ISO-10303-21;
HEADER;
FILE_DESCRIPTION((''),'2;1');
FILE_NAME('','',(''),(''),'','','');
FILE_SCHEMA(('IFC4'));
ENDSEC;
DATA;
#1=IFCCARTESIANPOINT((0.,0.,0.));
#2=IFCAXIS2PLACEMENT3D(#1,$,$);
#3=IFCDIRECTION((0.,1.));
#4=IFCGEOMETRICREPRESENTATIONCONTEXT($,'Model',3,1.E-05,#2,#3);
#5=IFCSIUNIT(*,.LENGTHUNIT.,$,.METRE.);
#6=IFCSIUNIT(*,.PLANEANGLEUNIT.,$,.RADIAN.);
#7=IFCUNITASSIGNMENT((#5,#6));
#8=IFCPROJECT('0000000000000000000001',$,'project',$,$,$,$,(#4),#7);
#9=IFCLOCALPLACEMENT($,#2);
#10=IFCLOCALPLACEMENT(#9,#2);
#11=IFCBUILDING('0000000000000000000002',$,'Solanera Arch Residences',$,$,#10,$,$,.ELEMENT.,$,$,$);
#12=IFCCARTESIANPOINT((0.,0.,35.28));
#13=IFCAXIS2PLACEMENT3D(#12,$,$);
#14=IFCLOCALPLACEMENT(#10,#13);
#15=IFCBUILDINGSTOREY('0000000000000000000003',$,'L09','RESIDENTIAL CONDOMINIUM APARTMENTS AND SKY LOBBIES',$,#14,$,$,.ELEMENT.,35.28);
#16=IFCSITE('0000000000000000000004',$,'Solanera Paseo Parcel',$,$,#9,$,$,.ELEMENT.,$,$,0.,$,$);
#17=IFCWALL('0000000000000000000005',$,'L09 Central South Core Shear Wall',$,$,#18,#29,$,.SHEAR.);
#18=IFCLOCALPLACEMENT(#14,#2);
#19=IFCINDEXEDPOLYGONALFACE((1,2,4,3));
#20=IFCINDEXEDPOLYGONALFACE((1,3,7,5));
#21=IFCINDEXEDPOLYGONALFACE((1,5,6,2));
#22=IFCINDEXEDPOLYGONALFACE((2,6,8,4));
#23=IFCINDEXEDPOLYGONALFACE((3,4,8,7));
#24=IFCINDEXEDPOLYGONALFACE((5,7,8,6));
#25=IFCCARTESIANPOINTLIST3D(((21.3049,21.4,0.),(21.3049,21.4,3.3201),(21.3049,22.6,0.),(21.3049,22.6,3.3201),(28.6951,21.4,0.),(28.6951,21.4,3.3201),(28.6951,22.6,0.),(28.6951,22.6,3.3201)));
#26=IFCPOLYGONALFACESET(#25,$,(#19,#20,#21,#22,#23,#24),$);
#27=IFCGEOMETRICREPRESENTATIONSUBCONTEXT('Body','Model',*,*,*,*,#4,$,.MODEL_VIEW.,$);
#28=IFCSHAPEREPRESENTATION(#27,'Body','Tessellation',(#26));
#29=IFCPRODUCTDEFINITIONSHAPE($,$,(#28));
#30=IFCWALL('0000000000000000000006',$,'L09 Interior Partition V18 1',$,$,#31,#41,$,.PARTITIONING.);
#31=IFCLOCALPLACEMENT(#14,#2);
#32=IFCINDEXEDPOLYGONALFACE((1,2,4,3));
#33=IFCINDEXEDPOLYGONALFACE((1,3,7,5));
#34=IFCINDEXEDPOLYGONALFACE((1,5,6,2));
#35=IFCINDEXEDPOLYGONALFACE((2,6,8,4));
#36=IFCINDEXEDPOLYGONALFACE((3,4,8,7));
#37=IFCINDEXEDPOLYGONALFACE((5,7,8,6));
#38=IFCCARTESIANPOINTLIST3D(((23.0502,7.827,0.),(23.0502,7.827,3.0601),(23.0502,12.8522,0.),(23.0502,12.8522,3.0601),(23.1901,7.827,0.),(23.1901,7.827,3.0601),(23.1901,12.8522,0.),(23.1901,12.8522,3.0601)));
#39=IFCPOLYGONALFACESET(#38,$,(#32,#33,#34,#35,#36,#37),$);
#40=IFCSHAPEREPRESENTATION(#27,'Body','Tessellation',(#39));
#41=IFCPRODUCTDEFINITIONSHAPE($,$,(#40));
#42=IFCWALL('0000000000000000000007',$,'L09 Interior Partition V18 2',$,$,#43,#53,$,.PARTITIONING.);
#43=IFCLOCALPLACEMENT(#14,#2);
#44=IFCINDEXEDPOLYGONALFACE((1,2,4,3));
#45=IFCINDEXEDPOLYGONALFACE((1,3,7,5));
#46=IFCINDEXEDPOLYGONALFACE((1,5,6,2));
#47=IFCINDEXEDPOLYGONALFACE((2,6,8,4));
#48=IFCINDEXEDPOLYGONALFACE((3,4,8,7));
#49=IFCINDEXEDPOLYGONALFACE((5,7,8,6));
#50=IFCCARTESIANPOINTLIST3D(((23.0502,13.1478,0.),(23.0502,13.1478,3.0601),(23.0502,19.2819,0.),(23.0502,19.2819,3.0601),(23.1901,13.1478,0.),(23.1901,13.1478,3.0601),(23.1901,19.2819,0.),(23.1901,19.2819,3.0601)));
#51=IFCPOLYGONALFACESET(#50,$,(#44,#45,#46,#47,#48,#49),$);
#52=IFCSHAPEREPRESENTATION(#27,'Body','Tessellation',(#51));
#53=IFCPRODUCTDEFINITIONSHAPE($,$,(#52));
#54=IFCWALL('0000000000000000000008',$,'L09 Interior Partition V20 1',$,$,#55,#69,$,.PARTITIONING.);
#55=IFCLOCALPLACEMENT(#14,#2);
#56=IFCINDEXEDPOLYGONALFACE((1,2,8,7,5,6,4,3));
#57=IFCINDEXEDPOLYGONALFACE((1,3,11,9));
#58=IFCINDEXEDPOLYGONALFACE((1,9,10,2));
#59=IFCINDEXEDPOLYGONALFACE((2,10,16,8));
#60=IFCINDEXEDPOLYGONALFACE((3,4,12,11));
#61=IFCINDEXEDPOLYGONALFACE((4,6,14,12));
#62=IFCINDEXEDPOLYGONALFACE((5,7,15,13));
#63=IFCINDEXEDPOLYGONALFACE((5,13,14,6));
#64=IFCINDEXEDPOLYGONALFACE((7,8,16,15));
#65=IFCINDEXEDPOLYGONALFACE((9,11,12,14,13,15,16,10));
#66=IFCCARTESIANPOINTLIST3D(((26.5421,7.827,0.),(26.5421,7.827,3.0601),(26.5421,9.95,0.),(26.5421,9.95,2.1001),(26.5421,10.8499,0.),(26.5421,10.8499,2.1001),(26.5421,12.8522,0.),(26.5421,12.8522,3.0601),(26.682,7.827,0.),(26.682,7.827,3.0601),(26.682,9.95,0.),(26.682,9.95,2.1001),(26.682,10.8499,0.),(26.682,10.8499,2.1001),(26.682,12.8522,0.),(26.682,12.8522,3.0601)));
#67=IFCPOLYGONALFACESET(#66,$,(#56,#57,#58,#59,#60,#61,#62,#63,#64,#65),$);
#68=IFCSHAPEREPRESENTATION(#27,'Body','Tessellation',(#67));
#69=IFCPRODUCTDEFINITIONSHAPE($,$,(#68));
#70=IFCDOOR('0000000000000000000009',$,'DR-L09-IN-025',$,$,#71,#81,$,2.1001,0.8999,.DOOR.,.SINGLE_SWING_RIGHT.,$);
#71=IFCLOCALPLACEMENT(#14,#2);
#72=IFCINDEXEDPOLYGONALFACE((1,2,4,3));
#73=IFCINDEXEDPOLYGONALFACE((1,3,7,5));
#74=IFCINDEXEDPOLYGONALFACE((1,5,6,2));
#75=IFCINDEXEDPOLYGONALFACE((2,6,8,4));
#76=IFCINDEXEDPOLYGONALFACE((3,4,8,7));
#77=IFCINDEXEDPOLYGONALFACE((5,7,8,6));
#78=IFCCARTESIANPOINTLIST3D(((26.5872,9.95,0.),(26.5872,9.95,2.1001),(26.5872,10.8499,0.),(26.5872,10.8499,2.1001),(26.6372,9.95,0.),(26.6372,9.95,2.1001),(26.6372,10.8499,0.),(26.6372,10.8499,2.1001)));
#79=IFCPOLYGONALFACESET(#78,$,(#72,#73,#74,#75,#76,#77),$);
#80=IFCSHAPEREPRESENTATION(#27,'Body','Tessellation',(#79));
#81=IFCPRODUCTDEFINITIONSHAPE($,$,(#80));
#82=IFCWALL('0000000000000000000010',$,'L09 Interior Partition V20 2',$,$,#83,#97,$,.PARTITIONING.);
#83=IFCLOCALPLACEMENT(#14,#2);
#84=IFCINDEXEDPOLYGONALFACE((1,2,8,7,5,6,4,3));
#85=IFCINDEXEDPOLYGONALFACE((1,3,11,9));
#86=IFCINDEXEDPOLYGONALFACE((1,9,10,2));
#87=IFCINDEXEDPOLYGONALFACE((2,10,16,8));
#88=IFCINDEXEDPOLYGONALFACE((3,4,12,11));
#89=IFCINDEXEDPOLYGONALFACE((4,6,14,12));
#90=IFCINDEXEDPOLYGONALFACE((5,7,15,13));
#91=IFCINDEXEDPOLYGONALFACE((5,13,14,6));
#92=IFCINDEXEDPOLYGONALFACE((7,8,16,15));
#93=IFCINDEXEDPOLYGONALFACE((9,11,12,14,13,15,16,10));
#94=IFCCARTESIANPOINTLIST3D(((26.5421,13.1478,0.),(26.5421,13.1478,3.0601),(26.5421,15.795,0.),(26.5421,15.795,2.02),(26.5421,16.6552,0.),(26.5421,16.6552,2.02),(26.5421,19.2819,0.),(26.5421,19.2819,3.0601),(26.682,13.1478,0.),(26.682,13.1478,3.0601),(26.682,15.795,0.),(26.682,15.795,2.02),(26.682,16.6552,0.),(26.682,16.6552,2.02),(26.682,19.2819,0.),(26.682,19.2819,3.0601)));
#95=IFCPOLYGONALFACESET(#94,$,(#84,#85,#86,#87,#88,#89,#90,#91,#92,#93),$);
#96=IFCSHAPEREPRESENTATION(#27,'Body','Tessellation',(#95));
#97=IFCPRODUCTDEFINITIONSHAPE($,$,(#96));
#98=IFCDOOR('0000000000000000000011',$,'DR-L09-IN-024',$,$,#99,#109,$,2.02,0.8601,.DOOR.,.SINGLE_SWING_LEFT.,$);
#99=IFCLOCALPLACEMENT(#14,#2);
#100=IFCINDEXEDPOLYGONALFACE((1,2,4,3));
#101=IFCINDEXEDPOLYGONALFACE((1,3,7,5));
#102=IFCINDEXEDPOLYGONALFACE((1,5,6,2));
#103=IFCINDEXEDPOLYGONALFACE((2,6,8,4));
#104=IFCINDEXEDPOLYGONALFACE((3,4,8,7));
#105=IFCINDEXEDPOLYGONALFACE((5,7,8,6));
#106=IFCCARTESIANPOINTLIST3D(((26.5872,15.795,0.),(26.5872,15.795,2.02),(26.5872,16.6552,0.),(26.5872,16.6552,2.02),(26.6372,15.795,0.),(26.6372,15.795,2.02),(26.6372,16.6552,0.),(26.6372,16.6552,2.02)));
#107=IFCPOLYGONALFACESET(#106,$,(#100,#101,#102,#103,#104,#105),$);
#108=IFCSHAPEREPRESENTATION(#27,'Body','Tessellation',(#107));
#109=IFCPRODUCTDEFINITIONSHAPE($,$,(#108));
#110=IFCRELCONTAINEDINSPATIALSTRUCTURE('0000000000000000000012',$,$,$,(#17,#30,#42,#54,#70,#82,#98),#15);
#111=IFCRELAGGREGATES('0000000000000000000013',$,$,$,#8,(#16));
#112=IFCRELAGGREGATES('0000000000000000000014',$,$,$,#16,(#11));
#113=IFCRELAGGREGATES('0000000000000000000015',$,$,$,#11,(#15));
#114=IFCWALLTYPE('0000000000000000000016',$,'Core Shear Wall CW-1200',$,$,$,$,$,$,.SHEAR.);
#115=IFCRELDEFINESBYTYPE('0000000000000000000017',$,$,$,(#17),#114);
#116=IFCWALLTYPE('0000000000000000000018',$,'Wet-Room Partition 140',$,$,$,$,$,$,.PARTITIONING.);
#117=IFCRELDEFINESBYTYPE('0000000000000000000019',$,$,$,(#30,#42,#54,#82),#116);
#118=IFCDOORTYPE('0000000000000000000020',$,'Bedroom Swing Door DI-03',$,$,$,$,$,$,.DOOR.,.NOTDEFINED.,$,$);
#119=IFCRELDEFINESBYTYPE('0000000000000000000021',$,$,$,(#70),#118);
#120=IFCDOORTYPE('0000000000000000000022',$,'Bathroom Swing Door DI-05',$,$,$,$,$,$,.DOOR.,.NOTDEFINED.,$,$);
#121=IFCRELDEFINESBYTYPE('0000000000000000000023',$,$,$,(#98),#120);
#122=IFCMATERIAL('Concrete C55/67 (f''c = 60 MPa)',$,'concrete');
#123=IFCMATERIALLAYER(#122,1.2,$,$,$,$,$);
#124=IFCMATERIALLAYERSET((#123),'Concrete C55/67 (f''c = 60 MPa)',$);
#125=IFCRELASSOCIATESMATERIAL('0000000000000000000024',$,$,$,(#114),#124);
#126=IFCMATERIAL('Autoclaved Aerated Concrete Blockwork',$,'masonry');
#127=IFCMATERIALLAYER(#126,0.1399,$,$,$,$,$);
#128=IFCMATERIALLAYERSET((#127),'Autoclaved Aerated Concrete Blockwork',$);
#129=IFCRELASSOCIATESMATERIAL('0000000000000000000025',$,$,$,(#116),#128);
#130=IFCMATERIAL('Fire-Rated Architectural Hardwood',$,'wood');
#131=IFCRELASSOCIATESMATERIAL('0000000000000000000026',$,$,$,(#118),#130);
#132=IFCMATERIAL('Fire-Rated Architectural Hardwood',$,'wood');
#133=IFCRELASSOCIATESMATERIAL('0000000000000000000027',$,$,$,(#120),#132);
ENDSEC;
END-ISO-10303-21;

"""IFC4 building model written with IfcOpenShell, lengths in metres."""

from ifc_helpers import new_model, si_unit, direction, frame, frame_2d, origin, place, context, subcontext, project, spatial, rectangle, extrude, material, layer, layer_set, type_object, element, fill, save


model = new_model("IFC4")

# Units and contexts
model_context = context("Model", 3, precision=1e-05, world=origin(), true_north=direction((0.0, 1.0)))
body_context = subcontext(model_context, "Body", "Model", "MODEL_VIEW")
ifc_project = project(units=[si_unit("LENGTHUNIT", "METRE"), si_unit("PLANEANGLEUNIT", "RADIAN")], contexts=[model_context])

# Site, building, storey
site_placement = place(None, origin())
site = spatial("IfcSite", under=ifc_project, at=site_placement, Name="Solanera Paseo Parcel", CompositionType="ELEMENT", RefElevation=0.0)
building_placement = place(site_placement, origin())
building = spatial("IfcBuilding", under=site, at=building_placement, Name="Solanera Arch Residences", CompositionType="ELEMENT")
storey_placement = place(building_placement, frame((0.0, 0.0, 35.28)))
storey = spatial("IfcBuildingStorey", under=building, at=storey_placement, Name="L09", Description="RESIDENTIAL CONDOMINIUM APARTMENTS AND SKY LOBBIES", CompositionType="ELEMENT", Elevation=35.28)

# Walls
ifc_material_1 = material(Name="Concrete C55/67 (f'c = 60 MPa)", Category="concrete")
ifc_layer_1 = layer(ifc_material_1, 1.2)
ifc_layer_set_1 = layer_set([ifc_layer_1], Name="Concrete C55/67 (f'c = 60 MPa)")
wall_type_1 = type_object("IfcWallType", Name="Core Shear Wall CW-1200", PredefinedType="SHEAR", material=ifc_layer_set_1)
wall_1_placement = place(storey_placement, frame((21.3049, 22.0, 0.0), z_axis=(0.0, 0.0, 1.0), x_axis=(1.0, 0.0, 0.0)))
element("IfcWall", 1, at=wall_1_placement, inside=storey, type_object=wall_type_1, Name="L09 Central South Core Shear Wall", PredefinedType="SHEAR", context=body_context, shape_type="SweptSolid", body=[
    extrude(rectangle(XDim=7.3901, YDim=1.2, at=frame_2d((3.6951, 0.0))), origin(), (0.0, 0.0, 1.0), 3.3201),
])
ifc_material_2 = material(Name="Autoclaved Aerated Concrete Blockwork", Category="masonry")
ifc_layer_2 = layer(ifc_material_2, 0.1399)
ifc_layer_set_2 = layer_set([ifc_layer_2], Name="Autoclaved Aerated Concrete Blockwork")
wall_type_2 = type_object("IfcWallType", Name="Wet-Room Partition 140", PredefinedType="PARTITIONING", material=ifc_layer_set_2)
wall_2_placement = place(storey_placement, frame((23.1201, 7.8269, 0.0), z_axis=(0.0, 0.0, 1.0), x_axis=(0.0, 1.0, 0.0)))
element("IfcWall", 2, at=wall_2_placement, inside=storey, type_object=wall_type_2, Name="L09 Interior Partition V18 1", PredefinedType="PARTITIONING", context=body_context, shape_type="SweptSolid", body=[
    extrude(rectangle(XDim=5.0251, YDim=0.1399, at=frame_2d((2.5127, 0.0))), origin(), (0.0, 0.0, 1.0), 3.0601),
])
wall_3_placement = place(storey_placement, frame((23.1201, 13.1479, 0.0), z_axis=(0.0, 0.0, 1.0), x_axis=(0.0, 1.0, 0.0)))
element("IfcWall", 3, at=wall_3_placement, inside=storey, type_object=wall_type_2, Name="L09 Interior Partition V18 2", PredefinedType="PARTITIONING", context=body_context, shape_type="SweptSolid", body=[
    extrude(rectangle(XDim=6.134, YDim=0.1399, at=frame_2d((3.0669, 0.0))), origin(), (0.0, 0.0, 1.0), 3.0601),
])

# Walls, openings, doors
wall_4_placement = place(storey_placement, frame((26.6121, 7.8269, 0.0), z_axis=(0.0, 0.0, 1.0), x_axis=(0.0, 1.0, 0.0)))
wall_4 = element("IfcWall", 4, at=wall_4_placement, inside=storey, type_object=wall_type_2, Name="L09 Interior Partition V20 1", PredefinedType="PARTITIONING", context=body_context, shape_type="SweptSolid", body=[
    extrude(rectangle(XDim=5.0251, YDim=0.1399, at=frame_2d((2.5127, 0.0))), origin(), (0.0, 0.0, 1.0), 3.0601),
])
opening_1_placement = place(wall_4_placement, frame((2.123, 0.0, 0.0)))
opening_1 = element("IfcOpeningElement", 5, at=opening_1_placement, cuts=wall_4, PredefinedType="OPENING", context=body_context, shape_type="SweptSolid", body=[
    extrude(rectangle(XDim=0.8999, YDim=2.1001, at=frame_2d((0.45, 1.05))), frame((0.0, 0.0798, 0.0), z_axis=(0.0, -1.0, 0.0), x_axis=(1.0, 0.0, 0.0)), (0.0, 0.0, 1.0), 0.1599),
])
ifc_material_3 = material(Name="Fire-Rated Architectural Hardwood", Category="wood")
door_type_1 = type_object("IfcDoorType", Name="Bedroom Swing Door DI-03", OperationType="NOTDEFINED", PredefinedType="DOOR", material=ifc_material_3)
door_1_placement = place(opening_1_placement, origin())
door_1 = element("IfcDoor", 6, at=door_1_placement, inside=storey, type_object=door_type_1, Name="DR-L09-IN-025", OperationType="SINGLE_SWING_RIGHT", OverallHeight=2.1001, OverallWidth=0.8999, PredefinedType="DOOR", context=body_context, shape_type="SweptSolid", body=[
    extrude(rectangle(XDim=0.8999, YDim=2.1001, at=frame_2d((0.45, 1.05))), frame((0.0, 0.0249, 0.0), z_axis=(0.0, -1.0, 0.0), x_axis=(1.0, 0.0, 0.0)), (0.0, 0.0, 1.0), 0.05),
])
fill(opening_1, door_1)
wall_5_placement = place(storey_placement, frame((26.6121, 13.1479, 0.0), z_axis=(0.0, 0.0, 1.0), x_axis=(0.0, 1.0, 0.0)))
wall_5 = element("IfcWall", 7, at=wall_5_placement, inside=storey, type_object=wall_type_2, Name="L09 Interior Partition V20 2", PredefinedType="PARTITIONING", context=body_context, shape_type="SweptSolid", body=[
    extrude(rectangle(XDim=6.134, YDim=0.1399, at=frame_2d((3.0669, 0.0))), origin(), (0.0, 0.0, 1.0), 3.0601),
])
opening_2_placement = place(wall_5_placement, frame((2.647, 0.0, 0.0)))
opening_2 = element("IfcOpeningElement", 8, at=opening_2_placement, cuts=wall_5, PredefinedType="OPENING", context=body_context, shape_type="SweptSolid", body=[
    extrude(rectangle(XDim=0.8601, YDim=2.02, at=frame_2d((0.4302, 1.01))), frame((0.0, 0.0798, 0.0), z_axis=(0.0, -1.0, 0.0), x_axis=(1.0, 0.0, 0.0)), (0.0, 0.0, 1.0), 0.1599),
])
ifc_material_4 = material(Name="Fire-Rated Architectural Hardwood", Category="wood")
door_type_2 = type_object("IfcDoorType", Name="Bathroom Swing Door DI-05", OperationType="NOTDEFINED", PredefinedType="DOOR", material=ifc_material_4)
door_2_placement = place(opening_2_placement, origin())
door_2 = element("IfcDoor", 9, at=door_2_placement, inside=storey, type_object=door_type_2, Name="DR-L09-IN-024", OperationType="SINGLE_SWING_LEFT", OverallHeight=2.02, OverallWidth=0.8601, PredefinedType="DOOR", context=body_context, shape_type="SweptSolid", body=[
    extrude(rectangle(XDim=0.8601, YDim=2.02, at=frame_2d((0.4302, 1.01))), frame((0.0, 0.0249, 0.0), z_axis=(0.0, -1.0, 0.0), x_axis=(1.0, 0.0, 0.0)), (0.0, 0.0, 1.0), 0.05),
])
fill(opening_2, door_2)

save(model, "model.ifc")
